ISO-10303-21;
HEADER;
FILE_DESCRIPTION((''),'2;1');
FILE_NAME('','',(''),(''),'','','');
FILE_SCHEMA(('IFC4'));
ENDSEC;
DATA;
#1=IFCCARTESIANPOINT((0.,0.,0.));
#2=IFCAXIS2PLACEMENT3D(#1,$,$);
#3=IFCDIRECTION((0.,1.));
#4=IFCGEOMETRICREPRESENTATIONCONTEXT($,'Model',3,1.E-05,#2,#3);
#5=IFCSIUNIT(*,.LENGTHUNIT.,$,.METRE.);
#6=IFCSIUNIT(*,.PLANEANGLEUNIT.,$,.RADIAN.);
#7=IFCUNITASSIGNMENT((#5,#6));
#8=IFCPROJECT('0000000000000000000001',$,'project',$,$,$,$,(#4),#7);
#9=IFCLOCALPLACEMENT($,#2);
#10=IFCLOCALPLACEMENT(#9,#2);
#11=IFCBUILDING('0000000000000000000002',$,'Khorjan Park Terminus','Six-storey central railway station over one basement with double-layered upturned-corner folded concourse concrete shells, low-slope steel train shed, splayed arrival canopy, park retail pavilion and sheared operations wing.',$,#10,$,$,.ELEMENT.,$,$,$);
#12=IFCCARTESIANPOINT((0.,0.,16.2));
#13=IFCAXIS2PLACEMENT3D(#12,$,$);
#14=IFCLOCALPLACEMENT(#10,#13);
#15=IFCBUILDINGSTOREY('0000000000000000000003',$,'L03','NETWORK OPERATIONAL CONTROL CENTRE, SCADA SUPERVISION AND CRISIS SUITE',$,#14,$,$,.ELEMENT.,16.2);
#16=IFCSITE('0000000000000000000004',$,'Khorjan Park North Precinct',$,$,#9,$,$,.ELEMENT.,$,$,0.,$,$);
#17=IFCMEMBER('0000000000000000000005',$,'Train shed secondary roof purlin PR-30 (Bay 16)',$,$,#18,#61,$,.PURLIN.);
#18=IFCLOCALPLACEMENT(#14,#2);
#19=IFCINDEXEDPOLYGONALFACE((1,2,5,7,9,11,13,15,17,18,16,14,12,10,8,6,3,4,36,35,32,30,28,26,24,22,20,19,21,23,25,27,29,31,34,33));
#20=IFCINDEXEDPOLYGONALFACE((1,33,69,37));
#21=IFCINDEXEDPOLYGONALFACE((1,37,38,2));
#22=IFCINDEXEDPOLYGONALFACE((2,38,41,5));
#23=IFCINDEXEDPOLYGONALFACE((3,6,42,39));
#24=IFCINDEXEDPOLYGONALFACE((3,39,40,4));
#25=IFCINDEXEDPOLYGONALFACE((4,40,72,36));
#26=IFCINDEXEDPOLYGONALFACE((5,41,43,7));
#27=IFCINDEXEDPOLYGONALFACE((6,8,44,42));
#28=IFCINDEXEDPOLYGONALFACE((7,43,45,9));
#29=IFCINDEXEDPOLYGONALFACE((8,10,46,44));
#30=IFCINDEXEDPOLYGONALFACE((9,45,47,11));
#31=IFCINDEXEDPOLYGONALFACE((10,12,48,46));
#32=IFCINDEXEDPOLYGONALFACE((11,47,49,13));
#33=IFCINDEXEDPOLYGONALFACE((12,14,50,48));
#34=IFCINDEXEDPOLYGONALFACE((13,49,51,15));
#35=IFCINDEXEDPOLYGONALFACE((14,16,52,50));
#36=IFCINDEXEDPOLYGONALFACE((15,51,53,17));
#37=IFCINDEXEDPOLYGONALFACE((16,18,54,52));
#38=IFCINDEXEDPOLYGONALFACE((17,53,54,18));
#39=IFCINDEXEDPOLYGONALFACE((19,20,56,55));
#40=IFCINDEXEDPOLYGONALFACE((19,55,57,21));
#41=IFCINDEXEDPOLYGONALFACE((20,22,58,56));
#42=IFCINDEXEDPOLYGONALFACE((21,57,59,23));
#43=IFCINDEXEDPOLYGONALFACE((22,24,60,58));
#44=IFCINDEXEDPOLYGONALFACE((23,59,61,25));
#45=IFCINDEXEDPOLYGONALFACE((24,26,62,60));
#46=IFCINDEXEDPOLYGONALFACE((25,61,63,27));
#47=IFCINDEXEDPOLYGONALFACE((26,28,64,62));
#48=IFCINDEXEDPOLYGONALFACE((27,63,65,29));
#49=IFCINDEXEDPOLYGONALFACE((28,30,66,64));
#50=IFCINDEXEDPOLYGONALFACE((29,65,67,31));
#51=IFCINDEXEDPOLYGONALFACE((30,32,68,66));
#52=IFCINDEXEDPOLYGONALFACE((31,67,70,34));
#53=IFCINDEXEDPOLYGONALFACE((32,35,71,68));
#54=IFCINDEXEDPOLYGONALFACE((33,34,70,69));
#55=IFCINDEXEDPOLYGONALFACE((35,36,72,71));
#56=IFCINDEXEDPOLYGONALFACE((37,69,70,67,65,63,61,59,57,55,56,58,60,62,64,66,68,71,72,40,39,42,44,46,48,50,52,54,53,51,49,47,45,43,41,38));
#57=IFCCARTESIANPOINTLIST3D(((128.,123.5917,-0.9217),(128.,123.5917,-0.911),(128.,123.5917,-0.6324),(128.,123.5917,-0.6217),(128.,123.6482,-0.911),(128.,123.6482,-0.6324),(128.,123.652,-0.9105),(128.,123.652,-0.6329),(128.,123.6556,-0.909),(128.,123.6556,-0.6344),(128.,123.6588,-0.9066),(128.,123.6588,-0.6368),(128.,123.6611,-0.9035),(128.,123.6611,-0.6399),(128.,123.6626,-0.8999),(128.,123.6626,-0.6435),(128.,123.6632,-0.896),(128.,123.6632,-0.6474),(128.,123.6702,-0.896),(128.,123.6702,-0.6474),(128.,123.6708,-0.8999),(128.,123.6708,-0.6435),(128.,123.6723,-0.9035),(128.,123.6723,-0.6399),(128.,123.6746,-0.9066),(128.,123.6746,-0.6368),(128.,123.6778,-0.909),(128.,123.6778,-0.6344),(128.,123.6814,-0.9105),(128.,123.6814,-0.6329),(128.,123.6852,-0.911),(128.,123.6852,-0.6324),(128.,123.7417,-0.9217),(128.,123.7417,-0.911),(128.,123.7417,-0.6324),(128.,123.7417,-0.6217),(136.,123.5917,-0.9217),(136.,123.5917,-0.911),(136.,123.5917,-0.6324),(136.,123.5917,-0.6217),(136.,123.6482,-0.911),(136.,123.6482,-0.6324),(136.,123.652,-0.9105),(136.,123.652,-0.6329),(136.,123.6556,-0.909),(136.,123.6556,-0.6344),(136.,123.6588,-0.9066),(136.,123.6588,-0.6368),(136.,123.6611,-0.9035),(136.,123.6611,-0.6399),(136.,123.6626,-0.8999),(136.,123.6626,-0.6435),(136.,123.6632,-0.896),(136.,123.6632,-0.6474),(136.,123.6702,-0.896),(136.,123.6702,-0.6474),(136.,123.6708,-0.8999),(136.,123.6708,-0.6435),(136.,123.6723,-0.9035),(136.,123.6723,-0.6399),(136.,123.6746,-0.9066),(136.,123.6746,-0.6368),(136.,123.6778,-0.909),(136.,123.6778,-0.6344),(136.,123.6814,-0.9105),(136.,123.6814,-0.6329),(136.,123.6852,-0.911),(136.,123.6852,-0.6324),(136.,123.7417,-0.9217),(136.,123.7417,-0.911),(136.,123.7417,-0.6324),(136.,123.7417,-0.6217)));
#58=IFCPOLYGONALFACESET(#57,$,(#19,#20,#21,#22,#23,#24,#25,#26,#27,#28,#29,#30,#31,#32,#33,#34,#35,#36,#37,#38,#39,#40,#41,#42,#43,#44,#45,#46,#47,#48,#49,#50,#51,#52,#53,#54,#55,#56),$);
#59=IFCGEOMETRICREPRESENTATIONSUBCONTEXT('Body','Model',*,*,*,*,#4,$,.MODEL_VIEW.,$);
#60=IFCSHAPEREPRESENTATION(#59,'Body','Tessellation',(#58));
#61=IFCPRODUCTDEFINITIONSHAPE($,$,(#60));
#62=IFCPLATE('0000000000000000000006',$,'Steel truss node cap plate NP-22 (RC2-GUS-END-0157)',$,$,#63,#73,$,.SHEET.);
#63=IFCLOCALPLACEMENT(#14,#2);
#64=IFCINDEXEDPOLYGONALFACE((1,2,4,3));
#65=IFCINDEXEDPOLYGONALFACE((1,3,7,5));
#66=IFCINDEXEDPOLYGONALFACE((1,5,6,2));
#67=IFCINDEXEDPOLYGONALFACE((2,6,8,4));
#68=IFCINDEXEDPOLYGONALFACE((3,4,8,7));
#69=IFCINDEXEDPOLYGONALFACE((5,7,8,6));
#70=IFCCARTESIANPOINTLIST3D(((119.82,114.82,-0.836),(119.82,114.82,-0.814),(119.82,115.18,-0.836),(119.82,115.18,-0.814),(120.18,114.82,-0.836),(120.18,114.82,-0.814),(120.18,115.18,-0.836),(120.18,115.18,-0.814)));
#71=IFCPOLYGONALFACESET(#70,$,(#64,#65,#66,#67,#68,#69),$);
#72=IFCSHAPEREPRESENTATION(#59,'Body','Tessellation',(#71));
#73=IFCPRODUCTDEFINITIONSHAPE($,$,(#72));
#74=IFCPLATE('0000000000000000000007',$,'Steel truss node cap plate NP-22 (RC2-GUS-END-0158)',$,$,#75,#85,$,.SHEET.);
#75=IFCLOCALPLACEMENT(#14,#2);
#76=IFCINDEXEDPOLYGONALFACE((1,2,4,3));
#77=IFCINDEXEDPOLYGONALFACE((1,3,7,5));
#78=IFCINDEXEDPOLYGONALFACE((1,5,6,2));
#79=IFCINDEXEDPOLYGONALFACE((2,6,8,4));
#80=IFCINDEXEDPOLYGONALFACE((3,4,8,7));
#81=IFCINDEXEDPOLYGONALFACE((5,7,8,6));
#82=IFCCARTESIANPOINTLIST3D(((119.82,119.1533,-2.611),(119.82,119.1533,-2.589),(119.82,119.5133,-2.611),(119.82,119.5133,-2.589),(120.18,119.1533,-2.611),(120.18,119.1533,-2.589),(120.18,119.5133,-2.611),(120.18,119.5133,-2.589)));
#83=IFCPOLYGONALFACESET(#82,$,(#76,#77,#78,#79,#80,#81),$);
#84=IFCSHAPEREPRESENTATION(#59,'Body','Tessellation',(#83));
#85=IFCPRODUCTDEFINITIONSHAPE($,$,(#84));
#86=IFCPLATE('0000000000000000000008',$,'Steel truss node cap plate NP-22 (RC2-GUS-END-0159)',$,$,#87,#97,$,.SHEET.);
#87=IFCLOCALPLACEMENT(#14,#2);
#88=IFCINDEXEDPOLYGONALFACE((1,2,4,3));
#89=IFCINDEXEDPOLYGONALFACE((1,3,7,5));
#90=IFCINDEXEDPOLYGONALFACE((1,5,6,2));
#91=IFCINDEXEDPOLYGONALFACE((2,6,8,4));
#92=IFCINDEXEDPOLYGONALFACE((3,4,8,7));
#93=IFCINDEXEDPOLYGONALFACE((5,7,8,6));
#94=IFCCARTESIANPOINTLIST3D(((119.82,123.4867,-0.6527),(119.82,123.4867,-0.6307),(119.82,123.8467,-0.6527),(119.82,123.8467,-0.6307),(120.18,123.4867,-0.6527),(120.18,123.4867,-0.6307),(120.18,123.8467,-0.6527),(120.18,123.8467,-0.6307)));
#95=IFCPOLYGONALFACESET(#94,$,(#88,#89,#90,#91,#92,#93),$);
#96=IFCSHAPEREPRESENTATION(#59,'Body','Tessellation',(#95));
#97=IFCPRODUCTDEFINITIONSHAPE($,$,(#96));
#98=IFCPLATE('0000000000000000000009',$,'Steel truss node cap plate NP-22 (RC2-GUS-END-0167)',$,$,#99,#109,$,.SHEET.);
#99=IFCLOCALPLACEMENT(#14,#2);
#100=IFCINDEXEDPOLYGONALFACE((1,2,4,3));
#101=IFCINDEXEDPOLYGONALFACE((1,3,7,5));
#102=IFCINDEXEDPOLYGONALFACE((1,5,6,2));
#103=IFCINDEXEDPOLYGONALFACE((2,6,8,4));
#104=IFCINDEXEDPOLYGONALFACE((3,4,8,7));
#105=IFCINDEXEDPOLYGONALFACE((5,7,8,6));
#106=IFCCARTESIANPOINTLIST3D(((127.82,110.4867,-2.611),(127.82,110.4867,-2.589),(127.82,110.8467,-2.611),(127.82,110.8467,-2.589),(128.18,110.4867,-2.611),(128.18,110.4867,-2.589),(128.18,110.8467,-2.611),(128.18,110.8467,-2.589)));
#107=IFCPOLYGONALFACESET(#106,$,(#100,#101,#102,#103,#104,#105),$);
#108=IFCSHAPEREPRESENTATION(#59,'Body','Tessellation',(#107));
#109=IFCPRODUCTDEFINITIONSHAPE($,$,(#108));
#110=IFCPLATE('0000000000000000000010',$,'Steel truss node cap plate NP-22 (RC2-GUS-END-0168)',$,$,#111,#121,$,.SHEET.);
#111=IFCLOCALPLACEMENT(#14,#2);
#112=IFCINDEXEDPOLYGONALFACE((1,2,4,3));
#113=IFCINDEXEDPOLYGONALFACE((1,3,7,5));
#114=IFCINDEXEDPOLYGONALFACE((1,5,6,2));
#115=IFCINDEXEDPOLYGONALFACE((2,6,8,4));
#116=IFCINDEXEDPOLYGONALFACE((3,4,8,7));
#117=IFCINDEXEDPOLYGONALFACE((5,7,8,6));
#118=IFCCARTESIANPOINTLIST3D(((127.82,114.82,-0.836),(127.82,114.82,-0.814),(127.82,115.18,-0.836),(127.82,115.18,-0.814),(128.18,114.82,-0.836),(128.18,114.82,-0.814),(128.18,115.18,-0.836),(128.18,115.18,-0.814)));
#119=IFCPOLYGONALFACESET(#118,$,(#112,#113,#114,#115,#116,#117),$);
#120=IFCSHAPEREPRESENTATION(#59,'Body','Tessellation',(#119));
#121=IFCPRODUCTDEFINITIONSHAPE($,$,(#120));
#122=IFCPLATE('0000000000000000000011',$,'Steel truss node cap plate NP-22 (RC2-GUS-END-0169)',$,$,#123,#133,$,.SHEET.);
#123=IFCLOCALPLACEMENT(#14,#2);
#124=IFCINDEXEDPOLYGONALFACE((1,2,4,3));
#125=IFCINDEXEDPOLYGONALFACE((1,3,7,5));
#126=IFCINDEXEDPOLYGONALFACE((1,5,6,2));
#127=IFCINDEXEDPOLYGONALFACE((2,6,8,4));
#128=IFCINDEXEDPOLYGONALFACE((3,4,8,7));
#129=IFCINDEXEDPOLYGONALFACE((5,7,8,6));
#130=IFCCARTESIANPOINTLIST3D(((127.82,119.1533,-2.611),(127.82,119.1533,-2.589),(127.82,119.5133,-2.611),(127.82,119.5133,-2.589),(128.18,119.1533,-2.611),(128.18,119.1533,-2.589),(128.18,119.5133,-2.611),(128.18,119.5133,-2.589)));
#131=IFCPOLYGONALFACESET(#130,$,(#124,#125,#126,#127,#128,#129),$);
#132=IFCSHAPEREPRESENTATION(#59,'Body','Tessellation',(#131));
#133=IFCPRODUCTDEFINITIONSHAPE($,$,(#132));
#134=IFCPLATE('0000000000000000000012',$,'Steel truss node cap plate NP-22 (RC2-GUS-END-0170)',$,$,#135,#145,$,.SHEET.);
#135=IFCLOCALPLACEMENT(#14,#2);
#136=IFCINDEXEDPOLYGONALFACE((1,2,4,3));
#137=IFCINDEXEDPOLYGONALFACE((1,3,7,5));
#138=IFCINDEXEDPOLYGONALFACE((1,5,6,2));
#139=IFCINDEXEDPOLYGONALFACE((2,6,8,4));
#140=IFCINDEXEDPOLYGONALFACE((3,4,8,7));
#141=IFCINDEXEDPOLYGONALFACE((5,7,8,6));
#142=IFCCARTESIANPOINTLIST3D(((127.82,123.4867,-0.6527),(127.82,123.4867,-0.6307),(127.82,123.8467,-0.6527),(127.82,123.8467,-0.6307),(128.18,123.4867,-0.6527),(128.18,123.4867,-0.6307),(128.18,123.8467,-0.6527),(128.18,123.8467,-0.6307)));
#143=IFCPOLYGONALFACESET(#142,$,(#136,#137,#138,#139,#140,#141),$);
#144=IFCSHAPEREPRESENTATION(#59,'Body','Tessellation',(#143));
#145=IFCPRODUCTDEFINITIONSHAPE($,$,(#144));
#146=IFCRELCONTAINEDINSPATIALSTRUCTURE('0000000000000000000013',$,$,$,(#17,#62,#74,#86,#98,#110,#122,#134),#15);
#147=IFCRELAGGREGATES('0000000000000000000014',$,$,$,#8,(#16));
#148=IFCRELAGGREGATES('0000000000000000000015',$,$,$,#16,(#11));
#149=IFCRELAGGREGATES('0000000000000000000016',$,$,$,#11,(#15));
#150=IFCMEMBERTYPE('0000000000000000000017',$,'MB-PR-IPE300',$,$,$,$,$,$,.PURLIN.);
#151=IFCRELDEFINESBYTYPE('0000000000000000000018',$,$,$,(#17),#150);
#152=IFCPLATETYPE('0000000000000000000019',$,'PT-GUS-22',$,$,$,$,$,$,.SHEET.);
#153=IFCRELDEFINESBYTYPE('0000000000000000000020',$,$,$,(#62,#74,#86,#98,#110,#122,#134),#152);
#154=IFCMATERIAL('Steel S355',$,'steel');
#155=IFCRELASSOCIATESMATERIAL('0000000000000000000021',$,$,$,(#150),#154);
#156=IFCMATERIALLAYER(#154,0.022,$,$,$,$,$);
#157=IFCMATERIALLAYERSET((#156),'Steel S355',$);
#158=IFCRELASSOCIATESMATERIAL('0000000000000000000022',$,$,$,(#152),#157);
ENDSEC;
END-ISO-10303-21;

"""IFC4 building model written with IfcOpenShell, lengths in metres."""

from ifc_helpers import new_model, si_unit, direction, frame, origin, origin_2d, place, context, subcontext, project, spatial, rectangle, i_section, extrude, material, layer, layer_set, material_profile, profile_set, type_object, element, save


model = new_model("IFC4")

# Units and contexts
model_context = context("Model", 3, precision=1e-05, world=origin(), true_north=direction((0.0, 1.0)))
body_context = subcontext(model_context, "Body", "Model", "MODEL_VIEW")
ifc_project = project(units=[si_unit("LENGTHUNIT", "METRE"), si_unit("PLANEANGLEUNIT", "RADIAN")], contexts=[model_context])

# Site, building, storey
site_placement = place(None, origin())
site = spatial("IfcSite", under=ifc_project, at=site_placement, Name="Khorjan Park North Precinct", CompositionType="ELEMENT", RefElevation=0.0)
building_placement = place(site_placement, origin())
building = spatial("IfcBuilding", under=site, at=building_placement, Name="Khorjan Park Terminus", Description="Six-storey central railway station over one basement with double-layered upturned-corner folded concourse concrete shells, low-slope steel train shed, splayed arrival canopy, park retail pavilion and sheared operations wing.", CompositionType="ELEMENT")
storey_placement = place(building_placement, frame((0.0, 0.0, 16.2)))
storey = spatial("IfcBuildingStorey", under=building, at=storey_placement, Name="L03", Description="NETWORK OPERATIONAL CONTROL CENTRE, SCADA SUPERVISION AND CRISIS SUITE", CompositionType="ELEMENT", Elevation=16.2)

# Member
ifc_material = material(Name="Steel S355", Category="steel")
ifc_material_profile_1 = material_profile(ifc_material, i_section(OverallWidth=0.15, OverallDepth=0.3, WebThickness=0.0071, FlangeThickness=0.0107, FilletRadius=0.015, at=origin_2d()), Name="IPE 300")
ifc_profile_set_1 = profile_set([ifc_material_profile_1], Name="Steel S355")
member_type_1 = type_object("IfcMemberType", Name="MB-PR-IPE300", PredefinedType="PURLIN", material=ifc_profile_set_1)
for number, where, z_axis, x_axis, name in (
    (1, (128.0, 123.6667, -0.7717), (1.0, 0.0, 0.0), (0.0, 1.0, 0.0), "Train shed secondary roof purlin PR-30 (Bay 16)"),
):
    element("IfcMember", number, at=place(storey_placement, frame(where, z_axis=z_axis, x_axis=x_axis)), inside=storey, type_object=member_type_1, Name=name, PredefinedType="PURLIN", context=body_context, shape_type="SweptSolid", body=[
        extrude(i_section(OverallWidth=0.15, OverallDepth=0.3, WebThickness=0.0071, FlangeThickness=0.0107, FilletRadius=0.015, at=origin_2d()), origin(), (0.0, 0.0, 1.0), 8.0),
    ])

# Plates
ifc_layer = layer(ifc_material, 0.022)
ifc_layer_set = layer_set([ifc_layer], Name="Steel S355")
plate_type = type_object("IfcPlateType", Name="PT-GUS-22", PredefinedType="SHEET", material=ifc_layer_set)
for number, where, z_axis, x_axis, name in (
    (2, (120.0, 115.0, -0.836), (0.0, 0.0, 1.0), (1.0, 0.0, 0.0), "Steel truss node cap plate NP-22 (RC2-GUS-END-0157)"),
    (3, (120.0, 119.3333, -2.611), (0.0, 0.0, 1.0), (1.0, 0.0, 0.0), "Steel truss node cap plate NP-22 (RC2-GUS-END-0158)"),
    (4, (120.0, 123.6667, -0.6527), (0.0, 0.0, 1.0), (1.0, 0.0, 0.0), "Steel truss node cap plate NP-22 (RC2-GUS-END-0159)"),
    (5, (128.0, 110.6667, -2.611), (0.0, 0.0, 1.0), (1.0, 0.0, 0.0), "Steel truss node cap plate NP-22 (RC2-GUS-END-0167)"),
    (6, (128.0, 115.0, -0.836), (0.0, 0.0, 1.0), (1.0, 0.0, 0.0), "Steel truss node cap plate NP-22 (RC2-GUS-END-0168)"),
    (7, (128.0, 119.3333, -2.611), (0.0, 0.0, 1.0), (1.0, 0.0, 0.0), "Steel truss node cap plate NP-22 (RC2-GUS-END-0169)"),
    (8, (128.0, 123.6667, -0.6527), (0.0, 0.0, 1.0), (1.0, 0.0, 0.0), "Steel truss node cap plate NP-22 (RC2-GUS-END-0170)"),
):
    element("IfcPlate", number, at=place(storey_placement, frame(where, z_axis=z_axis, x_axis=x_axis)), inside=storey, type_object=plate_type, Name=name, PredefinedType="SHEET", context=body_context, shape_type="SweptSolid", body=[
        extrude(rectangle(XDim=0.36, YDim=0.36, at=origin_2d()), origin(), (0.0, 0.0, 1.0), 0.022),
    ])

save(model, "model.ifc")
